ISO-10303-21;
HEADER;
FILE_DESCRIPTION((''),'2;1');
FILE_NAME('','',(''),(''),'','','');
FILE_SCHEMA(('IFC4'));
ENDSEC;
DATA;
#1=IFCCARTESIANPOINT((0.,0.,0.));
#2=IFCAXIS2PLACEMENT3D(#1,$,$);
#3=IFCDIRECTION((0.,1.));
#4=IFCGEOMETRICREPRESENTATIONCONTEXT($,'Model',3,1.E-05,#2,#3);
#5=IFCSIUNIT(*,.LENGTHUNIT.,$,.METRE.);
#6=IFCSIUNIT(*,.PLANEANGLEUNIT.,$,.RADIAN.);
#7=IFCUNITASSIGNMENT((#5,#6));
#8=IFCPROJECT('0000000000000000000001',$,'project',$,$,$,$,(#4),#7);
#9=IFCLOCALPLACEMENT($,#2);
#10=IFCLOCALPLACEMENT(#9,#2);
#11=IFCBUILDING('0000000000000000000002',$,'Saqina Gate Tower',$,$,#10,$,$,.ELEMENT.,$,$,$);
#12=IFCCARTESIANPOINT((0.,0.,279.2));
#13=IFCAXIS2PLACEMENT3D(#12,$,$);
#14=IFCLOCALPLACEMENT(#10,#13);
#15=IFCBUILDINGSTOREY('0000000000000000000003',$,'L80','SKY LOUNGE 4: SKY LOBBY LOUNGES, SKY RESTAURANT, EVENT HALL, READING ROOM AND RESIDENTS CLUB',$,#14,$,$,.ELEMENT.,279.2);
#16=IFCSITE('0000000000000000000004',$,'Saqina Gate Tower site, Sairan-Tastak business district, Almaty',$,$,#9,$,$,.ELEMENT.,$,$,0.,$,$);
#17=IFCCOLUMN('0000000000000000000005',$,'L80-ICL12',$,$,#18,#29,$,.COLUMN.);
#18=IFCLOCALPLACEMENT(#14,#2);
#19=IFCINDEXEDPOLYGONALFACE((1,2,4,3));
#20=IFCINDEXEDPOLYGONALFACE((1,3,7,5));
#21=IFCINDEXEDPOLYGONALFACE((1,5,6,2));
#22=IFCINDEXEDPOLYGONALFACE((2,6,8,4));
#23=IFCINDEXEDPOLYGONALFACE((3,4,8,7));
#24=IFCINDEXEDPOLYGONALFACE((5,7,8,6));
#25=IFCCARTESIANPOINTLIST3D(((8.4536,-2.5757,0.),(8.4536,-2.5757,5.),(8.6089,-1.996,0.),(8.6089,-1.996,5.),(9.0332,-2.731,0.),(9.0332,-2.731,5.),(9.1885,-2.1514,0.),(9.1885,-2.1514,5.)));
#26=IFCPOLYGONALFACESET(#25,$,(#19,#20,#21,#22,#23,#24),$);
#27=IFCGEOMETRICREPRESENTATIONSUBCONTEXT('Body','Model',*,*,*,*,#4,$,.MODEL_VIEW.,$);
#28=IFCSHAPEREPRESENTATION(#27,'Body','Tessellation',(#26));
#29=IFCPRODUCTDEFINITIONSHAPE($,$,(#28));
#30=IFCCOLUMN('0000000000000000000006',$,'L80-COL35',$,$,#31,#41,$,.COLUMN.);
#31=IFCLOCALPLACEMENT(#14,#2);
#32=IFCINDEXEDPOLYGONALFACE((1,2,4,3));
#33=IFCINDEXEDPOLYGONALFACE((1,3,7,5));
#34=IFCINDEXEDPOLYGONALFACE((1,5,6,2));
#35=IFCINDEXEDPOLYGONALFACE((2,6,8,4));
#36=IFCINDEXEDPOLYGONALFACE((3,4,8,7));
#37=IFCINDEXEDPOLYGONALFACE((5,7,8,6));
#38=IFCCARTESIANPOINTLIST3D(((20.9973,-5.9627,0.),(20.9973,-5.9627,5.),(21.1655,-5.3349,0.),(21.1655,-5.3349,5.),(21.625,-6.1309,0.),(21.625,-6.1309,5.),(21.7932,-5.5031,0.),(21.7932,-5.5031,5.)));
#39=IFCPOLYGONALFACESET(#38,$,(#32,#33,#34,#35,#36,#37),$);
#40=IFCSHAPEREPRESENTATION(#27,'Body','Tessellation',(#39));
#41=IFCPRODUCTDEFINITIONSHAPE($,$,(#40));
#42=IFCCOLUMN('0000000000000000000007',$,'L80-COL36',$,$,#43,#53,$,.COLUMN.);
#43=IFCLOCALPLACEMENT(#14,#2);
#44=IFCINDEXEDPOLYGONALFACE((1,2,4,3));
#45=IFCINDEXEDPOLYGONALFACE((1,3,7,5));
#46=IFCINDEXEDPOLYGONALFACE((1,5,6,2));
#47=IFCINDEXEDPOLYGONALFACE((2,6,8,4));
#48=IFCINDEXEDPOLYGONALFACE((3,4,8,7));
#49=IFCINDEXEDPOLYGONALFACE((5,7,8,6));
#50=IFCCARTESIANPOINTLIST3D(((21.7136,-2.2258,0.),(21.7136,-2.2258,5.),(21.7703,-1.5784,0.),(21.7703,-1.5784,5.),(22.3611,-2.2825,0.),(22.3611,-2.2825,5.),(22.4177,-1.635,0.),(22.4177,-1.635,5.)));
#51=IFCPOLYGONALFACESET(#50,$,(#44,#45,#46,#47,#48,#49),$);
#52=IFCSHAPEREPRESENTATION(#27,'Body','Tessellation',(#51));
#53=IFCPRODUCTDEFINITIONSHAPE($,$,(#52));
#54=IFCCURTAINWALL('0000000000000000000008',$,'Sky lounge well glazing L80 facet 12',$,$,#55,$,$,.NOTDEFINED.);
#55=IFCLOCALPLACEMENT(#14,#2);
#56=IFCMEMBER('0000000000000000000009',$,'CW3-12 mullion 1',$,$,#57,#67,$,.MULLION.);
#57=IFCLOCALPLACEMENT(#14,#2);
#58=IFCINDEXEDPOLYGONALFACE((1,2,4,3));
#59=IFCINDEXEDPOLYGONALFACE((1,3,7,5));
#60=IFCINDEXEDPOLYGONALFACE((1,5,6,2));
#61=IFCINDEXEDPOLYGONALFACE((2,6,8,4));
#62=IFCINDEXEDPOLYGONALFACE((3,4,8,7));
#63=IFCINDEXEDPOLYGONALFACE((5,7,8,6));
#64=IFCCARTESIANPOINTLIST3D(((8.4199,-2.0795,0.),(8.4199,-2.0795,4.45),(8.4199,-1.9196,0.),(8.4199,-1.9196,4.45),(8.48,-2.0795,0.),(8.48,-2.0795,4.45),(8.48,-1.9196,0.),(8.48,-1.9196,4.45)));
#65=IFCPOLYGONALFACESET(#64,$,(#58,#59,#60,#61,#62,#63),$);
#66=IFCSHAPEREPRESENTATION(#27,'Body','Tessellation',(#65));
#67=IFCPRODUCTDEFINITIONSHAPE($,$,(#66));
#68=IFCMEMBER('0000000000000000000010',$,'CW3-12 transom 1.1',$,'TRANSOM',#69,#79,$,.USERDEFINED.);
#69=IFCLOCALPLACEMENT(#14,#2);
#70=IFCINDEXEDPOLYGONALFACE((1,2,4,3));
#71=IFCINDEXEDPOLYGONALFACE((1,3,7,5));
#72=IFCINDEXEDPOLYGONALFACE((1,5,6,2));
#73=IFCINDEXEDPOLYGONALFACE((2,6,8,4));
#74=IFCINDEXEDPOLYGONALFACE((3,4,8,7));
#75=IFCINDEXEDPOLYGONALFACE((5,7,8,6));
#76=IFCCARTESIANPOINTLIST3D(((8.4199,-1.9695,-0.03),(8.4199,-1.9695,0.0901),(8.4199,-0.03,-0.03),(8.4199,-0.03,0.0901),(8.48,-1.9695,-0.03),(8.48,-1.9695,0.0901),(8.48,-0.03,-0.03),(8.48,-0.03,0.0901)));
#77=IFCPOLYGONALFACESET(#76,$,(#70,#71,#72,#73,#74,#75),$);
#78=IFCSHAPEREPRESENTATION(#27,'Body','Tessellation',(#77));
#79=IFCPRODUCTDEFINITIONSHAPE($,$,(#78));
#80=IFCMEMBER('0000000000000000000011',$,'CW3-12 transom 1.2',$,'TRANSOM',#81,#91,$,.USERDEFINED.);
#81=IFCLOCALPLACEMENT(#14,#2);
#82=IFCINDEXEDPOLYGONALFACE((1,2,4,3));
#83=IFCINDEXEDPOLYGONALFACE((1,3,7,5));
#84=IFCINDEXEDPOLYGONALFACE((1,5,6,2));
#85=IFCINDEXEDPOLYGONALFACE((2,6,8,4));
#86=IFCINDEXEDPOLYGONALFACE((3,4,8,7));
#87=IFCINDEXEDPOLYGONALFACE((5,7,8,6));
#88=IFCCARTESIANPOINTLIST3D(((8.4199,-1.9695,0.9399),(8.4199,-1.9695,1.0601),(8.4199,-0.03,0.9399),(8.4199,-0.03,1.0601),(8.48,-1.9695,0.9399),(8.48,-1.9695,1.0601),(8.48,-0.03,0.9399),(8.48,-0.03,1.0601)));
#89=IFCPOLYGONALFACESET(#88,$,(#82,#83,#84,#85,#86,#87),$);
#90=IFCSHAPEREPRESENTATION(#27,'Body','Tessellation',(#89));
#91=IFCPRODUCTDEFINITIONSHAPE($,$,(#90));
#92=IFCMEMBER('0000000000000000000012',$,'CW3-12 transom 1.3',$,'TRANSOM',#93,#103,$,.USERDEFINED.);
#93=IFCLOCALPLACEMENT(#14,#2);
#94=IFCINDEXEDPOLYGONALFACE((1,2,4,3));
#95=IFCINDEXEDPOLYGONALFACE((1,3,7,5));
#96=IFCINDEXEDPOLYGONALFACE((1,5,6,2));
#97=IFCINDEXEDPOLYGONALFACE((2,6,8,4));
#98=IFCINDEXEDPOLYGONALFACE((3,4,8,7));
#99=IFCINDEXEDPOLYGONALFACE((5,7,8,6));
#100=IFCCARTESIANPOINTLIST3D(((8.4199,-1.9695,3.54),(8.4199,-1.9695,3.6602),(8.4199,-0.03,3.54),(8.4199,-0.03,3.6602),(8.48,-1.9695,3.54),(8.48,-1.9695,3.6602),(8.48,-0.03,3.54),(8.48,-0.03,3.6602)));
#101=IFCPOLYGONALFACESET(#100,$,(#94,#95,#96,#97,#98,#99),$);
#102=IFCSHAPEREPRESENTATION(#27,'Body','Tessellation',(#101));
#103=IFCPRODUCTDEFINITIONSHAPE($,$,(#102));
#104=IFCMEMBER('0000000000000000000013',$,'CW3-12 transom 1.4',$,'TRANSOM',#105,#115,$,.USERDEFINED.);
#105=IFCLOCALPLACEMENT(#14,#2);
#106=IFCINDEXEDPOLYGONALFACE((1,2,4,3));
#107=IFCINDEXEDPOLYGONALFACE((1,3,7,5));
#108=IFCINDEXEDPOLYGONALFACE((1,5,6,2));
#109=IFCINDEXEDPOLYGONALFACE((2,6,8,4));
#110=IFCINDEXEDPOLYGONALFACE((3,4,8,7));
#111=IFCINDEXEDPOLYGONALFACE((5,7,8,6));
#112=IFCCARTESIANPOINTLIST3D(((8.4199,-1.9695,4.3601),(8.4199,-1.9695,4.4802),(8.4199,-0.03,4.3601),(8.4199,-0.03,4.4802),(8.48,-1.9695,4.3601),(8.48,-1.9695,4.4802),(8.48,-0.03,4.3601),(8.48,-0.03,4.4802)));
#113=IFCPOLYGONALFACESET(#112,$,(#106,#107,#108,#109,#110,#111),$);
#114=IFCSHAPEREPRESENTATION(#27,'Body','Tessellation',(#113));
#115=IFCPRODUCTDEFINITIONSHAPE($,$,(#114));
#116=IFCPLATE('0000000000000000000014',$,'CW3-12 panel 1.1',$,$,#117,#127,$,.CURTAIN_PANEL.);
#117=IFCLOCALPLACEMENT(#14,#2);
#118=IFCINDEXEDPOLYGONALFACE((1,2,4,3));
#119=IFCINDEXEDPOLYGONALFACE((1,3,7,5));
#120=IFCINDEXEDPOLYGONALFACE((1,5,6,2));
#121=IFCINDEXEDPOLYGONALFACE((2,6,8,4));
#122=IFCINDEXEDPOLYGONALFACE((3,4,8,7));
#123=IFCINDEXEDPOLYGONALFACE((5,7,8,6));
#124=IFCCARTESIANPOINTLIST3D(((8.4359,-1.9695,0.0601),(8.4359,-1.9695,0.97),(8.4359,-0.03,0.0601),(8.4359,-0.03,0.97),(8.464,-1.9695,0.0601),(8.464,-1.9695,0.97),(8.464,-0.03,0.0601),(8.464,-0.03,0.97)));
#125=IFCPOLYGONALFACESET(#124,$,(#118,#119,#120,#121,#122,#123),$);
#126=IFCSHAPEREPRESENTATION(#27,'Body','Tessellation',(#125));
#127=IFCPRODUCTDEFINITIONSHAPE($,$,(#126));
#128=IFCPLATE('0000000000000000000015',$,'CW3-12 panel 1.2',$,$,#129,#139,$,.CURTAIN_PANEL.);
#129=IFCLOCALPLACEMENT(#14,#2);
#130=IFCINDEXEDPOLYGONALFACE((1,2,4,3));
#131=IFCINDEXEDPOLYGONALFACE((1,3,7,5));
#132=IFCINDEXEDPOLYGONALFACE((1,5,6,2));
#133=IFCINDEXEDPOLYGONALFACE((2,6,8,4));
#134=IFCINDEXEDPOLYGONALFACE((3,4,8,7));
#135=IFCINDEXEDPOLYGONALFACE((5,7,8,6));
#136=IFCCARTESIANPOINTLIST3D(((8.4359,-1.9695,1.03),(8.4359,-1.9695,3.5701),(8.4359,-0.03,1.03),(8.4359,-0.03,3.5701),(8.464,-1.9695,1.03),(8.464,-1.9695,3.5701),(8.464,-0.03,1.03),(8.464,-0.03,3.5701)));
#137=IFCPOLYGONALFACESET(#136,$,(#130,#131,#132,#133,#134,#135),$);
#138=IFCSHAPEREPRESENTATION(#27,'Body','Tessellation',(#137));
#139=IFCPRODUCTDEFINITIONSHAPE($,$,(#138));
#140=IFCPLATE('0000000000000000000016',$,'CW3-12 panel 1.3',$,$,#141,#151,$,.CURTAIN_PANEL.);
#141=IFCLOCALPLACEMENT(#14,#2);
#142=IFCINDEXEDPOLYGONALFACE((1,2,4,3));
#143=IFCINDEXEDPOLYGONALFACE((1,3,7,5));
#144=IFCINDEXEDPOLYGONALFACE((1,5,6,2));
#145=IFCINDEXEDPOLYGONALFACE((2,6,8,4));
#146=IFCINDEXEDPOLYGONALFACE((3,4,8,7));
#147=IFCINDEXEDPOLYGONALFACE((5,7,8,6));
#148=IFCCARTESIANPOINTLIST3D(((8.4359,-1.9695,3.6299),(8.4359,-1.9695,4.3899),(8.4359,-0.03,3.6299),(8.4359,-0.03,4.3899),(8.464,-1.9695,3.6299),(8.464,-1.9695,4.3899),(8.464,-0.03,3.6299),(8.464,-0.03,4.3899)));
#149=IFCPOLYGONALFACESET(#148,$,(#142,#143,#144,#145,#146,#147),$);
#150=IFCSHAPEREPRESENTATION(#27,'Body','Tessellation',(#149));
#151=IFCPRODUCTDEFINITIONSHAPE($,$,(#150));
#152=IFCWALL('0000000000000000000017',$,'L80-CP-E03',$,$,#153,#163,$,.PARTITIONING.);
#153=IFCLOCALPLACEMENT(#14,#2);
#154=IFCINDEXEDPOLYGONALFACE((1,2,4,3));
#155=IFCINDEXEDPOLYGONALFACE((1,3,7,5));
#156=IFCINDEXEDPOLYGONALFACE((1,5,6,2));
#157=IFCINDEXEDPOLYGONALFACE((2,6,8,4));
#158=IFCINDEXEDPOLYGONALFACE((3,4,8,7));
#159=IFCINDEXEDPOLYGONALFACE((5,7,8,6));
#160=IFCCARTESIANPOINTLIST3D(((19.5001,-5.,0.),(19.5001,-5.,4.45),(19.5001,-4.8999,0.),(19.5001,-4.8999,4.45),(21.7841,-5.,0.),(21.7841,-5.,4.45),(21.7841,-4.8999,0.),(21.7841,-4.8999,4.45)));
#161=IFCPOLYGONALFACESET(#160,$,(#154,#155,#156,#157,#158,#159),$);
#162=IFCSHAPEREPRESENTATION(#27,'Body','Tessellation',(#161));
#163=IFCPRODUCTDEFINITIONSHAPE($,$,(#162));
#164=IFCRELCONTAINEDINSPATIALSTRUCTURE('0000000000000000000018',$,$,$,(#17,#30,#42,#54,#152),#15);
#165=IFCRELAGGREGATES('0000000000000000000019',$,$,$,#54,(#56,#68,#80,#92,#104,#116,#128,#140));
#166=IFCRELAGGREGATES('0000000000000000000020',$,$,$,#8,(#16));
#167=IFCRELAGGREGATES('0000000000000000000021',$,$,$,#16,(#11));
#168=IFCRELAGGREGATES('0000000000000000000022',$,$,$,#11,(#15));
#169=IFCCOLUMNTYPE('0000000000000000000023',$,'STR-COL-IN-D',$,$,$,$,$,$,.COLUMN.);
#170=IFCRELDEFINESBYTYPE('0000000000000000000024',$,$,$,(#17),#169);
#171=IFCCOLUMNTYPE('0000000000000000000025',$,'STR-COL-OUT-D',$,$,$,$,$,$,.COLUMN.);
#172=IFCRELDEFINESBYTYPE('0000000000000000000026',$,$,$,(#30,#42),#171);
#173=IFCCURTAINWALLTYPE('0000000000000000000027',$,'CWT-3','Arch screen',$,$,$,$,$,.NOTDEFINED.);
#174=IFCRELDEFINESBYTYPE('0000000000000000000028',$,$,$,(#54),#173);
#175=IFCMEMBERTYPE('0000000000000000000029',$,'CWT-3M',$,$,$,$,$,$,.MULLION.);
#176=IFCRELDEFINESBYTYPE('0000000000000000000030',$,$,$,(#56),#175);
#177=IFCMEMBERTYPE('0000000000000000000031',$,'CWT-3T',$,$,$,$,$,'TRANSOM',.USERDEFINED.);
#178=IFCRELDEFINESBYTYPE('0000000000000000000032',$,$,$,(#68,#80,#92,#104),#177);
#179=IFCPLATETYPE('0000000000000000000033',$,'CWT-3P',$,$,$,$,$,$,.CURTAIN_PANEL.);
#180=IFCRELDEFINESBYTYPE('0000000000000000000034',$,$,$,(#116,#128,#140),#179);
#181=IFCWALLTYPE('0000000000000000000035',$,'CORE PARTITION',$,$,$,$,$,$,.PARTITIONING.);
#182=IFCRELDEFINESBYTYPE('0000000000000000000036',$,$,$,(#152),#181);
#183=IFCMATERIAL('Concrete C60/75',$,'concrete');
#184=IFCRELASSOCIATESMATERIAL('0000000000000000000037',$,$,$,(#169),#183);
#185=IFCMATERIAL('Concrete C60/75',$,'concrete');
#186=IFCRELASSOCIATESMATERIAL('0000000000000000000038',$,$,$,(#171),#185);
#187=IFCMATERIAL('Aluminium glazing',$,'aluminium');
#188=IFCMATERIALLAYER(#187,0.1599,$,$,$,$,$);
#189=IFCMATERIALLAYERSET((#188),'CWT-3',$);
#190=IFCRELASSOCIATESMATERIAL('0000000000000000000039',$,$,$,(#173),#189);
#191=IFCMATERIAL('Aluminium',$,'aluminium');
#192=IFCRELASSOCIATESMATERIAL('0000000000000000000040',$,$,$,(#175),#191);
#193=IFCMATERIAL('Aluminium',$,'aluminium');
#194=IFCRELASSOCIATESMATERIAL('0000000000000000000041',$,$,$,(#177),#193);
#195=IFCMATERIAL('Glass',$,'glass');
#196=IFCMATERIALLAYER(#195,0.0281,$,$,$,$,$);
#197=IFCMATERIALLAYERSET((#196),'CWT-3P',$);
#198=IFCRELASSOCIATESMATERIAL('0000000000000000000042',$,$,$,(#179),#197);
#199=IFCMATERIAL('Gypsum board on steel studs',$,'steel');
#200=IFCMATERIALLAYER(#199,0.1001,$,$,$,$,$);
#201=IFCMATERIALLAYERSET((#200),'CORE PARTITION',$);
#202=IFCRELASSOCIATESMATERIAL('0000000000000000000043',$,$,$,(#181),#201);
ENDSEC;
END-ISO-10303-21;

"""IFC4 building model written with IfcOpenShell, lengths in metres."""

from ifc_helpers import new_model, si_unit, direction, frame, frame_2d, origin, origin_2d, place, context, subcontext, project, spatial, rectangle, extrude, material, layer, layer_set, material_profile, profile_set, type_object, element, aggregate, save


model = new_model("IFC4")

# Units and contexts
model_context = context("Model", 3, precision=1e-05, world=origin(), true_north=direction((0.0, 1.0)))
body_context = subcontext(model_context, "Body", "Model", "MODEL_VIEW")
ifc_project = project(units=[si_unit("LENGTHUNIT", "METRE"), si_unit("PLANEANGLEUNIT", "RADIAN")], contexts=[model_context])

# Site, building, storey
site_placement = place(None, origin())
site = spatial("IfcSite", under=ifc_project, at=site_placement, Name="Saqina Gate Tower site, Sairan-Tastak business district, Almaty", CompositionType="ELEMENT", RefElevation=0.0)
building_placement = place(site_placement, origin())
building = spatial("IfcBuilding", under=site, at=building_placement, Name="Saqina Gate Tower", CompositionType="ELEMENT")
storey_placement = place(building_placement, frame((0.0, 0.0, 279.2)))
storey = spatial("IfcBuildingStorey", under=building, at=storey_placement, Name="L80", Description="SKY LOUNGE 4: SKY LOBBY LOUNGES, SKY RESTAURANT, EVENT HALL, READING ROOM AND RESIDENTS CLUB", CompositionType="ELEMENT", Elevation=279.2)

# Columns
ifc_material_1 = material(Name="Concrete C60/75", Category="concrete")
ifc_material_profile_1 = material_profile(ifc_material_1, rectangle(XDim=0.6001, YDim=0.6001, at=origin_2d()), Name="RC 600x600")
ifc_profile_set_1 = profile_set([ifc_material_profile_1], Name="Concrete C60/75")
column_type_1 = type_object("IfcColumnType", Name="STR-COL-IN-D", PredefinedType="COLUMN", material=ifc_profile_set_1)
column_placement = place(storey_placement, frame((8.821, -2.3635, 0.0), z_axis=(0.0, 0.0, 1.0), x_axis=(0.965926, -0.258819, 0.0)))
element("IfcColumn", 1, at=column_placement, inside=storey, type_object=column_type_1, Name="L80-ICL12", PredefinedType="COLUMN", context=body_context, shape_type="SweptSolid", body=[
    extrude(rectangle(XDim=0.6001, YDim=0.6001, at=origin_2d()), origin(), (0.0, 0.0, 1.0), 5.0),
])
ifc_material_2 = material(Name="Concrete C60/75", Category="concrete")
ifc_material_profile_2 = material_profile(ifc_material_2, rectangle(XDim=0.6499, YDim=0.6499, at=origin_2d()), Name="RC 650x650")
ifc_profile_set_2 = profile_set([ifc_material_profile_2], Name="Concrete C60/75")
column_type_2 = type_object("IfcColumnType", Name="STR-COL-OUT-D", PredefinedType="COLUMN", material=ifc_profile_set_2)
for number, where, z_axis, x_axis, name in (
    (2, (21.3953, -5.7329, 0.0), (0.0, 0.0, 1.0), (0.965926, -0.258819, 0.0), "L80-COL35"),
    (3, (22.0657, -1.9304, 0.0), (0.0, 0.0, 1.0), (0.996195, -0.087156, 0.0), "L80-COL36"),
):
    element("IfcColumn", number, at=place(storey_placement, frame(where, z_axis=z_axis, x_axis=x_axis)), inside=storey, type_object=column_type_2, Name=name, PredefinedType="COLUMN", context=body_context, shape_type="SweptSolid", body=[
        extrude(rectangle(XDim=0.6499, YDim=0.6499, at=origin_2d()), origin(), (0.0, 0.0, 1.0), 5.0),
    ])

# Curtain wall, members, plates
ifc_material_3 = material(Name="Aluminium glazing", Category="aluminium")
ifc_layer_1 = layer(ifc_material_3, 0.1599)
ifc_layer_set_1 = layer_set([ifc_layer_1], Name="CWT-3")
curtain_wall_type = type_object("IfcCurtainWallType", Name="CWT-3", Description="Arch screen", PredefinedType="NOTDEFINED", material=ifc_layer_set_1)
curtain_wall_placement = place(storey_placement, origin())
curtain_wall = element("IfcCurtainWall", 4, at=curtain_wall_placement, inside=storey, type_object=curtain_wall_type, Name="Sky lounge well glazing L80 facet 12", PredefinedType="NOTDEFINED")
ifc_material_4 = material(Name="Aluminium", Category="aluminium")
ifc_material_profile_3 = material_profile(ifc_material_4, rectangle(XDim=0.0601, YDim=0.1599, at=origin_2d()), Name="Aluminium 60x160")
ifc_profile_set_3 = profile_set([ifc_material_profile_3], Name="Aluminium")
member_type_1 = type_object("IfcMemberType", Name="CWT-3M", PredefinedType="MULLION", material=ifc_profile_set_3)
member_1_placement = place(storey_placement, frame((8.45, -1.9995, 0.0), z_axis=(0.0, 0.0, 1.0), x_axis=(-1.0, 0.0, 0.0)))
member_1 = element("IfcMember", 5, at=member_1_placement, type_object=member_type_1, Name="CW3-12 mullion 1", PredefinedType="MULLION", context=body_context, shape_type="SweptSolid", body=[
    extrude(rectangle(XDim=0.0601, YDim=0.1599, at=origin_2d()), origin(), (0.0, 0.0, 1.0), 4.45),
])
ifc_material_5 = material(Name="Aluminium", Category="aluminium")
ifc_material_profile_4 = material_profile(ifc_material_5, rectangle(XDim=0.0601, YDim=0.1201, at=origin_2d()), Name="Aluminium 60x120")
ifc_profile_set_4 = profile_set([ifc_material_profile_4], Name="Aluminium")
member_type_2 = type_object("IfcMemberType", Name="CWT-3T", ElementType="TRANSOM", PredefinedType="USERDEFINED", material=ifc_profile_set_4)
member_2_placement = place(storey_placement, frame((8.45, -1.9695, 0.03), z_axis=(0.0, 1.0, 0.0), x_axis=(-1.0, 0.0, 0.0)))
member_2 = element("IfcMember", 6, at=member_2_placement, type_object=member_type_2, Name="CW3-12 transom 1.1", ObjectType="TRANSOM", PredefinedType="USERDEFINED", context=body_context, shape_type="SweptSolid", body=[
    extrude(rectangle(XDim=0.0601, YDim=0.1201, at=origin_2d()), origin(), (0.0, 0.0, 1.0), 1.9395),
])
member_3_placement = place(storey_placement, frame((8.45, -1.9695, 1.0), z_axis=(0.0, 1.0, 0.0), x_axis=(-1.0, 0.0, 0.0)))
member_3 = element("IfcMember", 7, at=member_3_placement, type_object=member_type_2, Name="CW3-12 transom 1.2", ObjectType="TRANSOM", PredefinedType="USERDEFINED", context=body_context, shape_type="SweptSolid", body=[
    extrude(rectangle(XDim=0.0601, YDim=0.1201, at=origin_2d()), origin(), (0.0, 0.0, 1.0), 1.9395),
])
member_4_placement = place(storey_placement, frame((8.45, -1.9695, 3.6001), z_axis=(0.0, 1.0, 0.0), x_axis=(-1.0, 0.0, 0.0)))
member_4 = element("IfcMember", 8, at=member_4_placement, type_object=member_type_2, Name="CW3-12 transom 1.3", ObjectType="TRANSOM", PredefinedType="USERDEFINED", context=body_context, shape_type="SweptSolid", body=[
    extrude(rectangle(XDim=0.0601, YDim=0.1201, at=origin_2d()), origin(), (0.0, 0.0, 1.0), 1.9395),
])
member_5_placement = place(storey_placement, frame((8.45, -1.9695, 4.4202), z_axis=(0.0, 1.0, 0.0), x_axis=(-1.0, 0.0, 0.0)))
member_5 = element("IfcMember", 9, at=member_5_placement, type_object=member_type_2, Name="CW3-12 transom 1.4", ObjectType="TRANSOM", PredefinedType="USERDEFINED", context=body_context, shape_type="SweptSolid", body=[
    extrude(rectangle(XDim=0.0601, YDim=0.1201, at=origin_2d()), origin(), (0.0, 0.0, 1.0), 1.9395),
])
ifc_material_6 = material(Name="Glass", Category="glass")
ifc_layer_2 = layer(ifc_material_6, 0.0281)
ifc_layer_set_2 = layer_set([ifc_layer_2], Name="CWT-3P")
plate_type = type_object("IfcPlateType", Name="CWT-3P", PredefinedType="CURTAIN_PANEL", material=ifc_layer_set_2)
plate_1_placement = place(storey_placement, frame((8.45, -0.9998, 0.0601), z_axis=(0.0, 0.0, 1.0), x_axis=(0.0, 1.0, 0.0)))
plate_1 = element("IfcPlate", 10, at=plate_1_placement, type_object=plate_type, Name="CW3-12 panel 1.1", PredefinedType="CURTAIN_PANEL", context=body_context, shape_type="SweptSolid", body=[
    extrude(rectangle(XDim=1.9395, YDim=0.0281, at=origin_2d()), origin(), (0.0, 0.0, 1.0), 0.9099),
])
plate_2_placement = place(storey_placement, frame((8.45, -0.9998, 1.03), z_axis=(0.0, 0.0, 1.0), x_axis=(0.0, 1.0, 0.0)))
plate_2 = element("IfcPlate", 11, at=plate_2_placement, type_object=plate_type, Name="CW3-12 panel 1.2", PredefinedType="CURTAIN_PANEL", context=body_context, shape_type="SweptSolid", body=[
    extrude(rectangle(XDim=1.9395, YDim=0.0281, at=origin_2d()), origin(), (0.0, 0.0, 1.0), 2.54),
])
plate_3_placement = place(storey_placement, frame((8.45, -0.9998, 3.6299), z_axis=(0.0, 0.0, 1.0), x_axis=(0.0, 1.0, 0.0)))
plate_3 = element("IfcPlate", 12, at=plate_3_placement, type_object=plate_type, Name="CW3-12 panel 1.3", PredefinedType="CURTAIN_PANEL", context=body_context, shape_type="SweptSolid", body=[
    extrude(rectangle(XDim=1.9395, YDim=0.0281, at=origin_2d()), origin(), (0.0, 0.0, 1.0), 0.76),
])
aggregate(curtain_wall, [member_1, member_2, member_3, member_4, member_5, plate_1, plate_2, plate_3])

# Wall
ifc_material_7 = material(Name="Gypsum board on steel studs", Category="steel")
ifc_layer_3 = layer(ifc_material_7, 0.1001)
ifc_layer_set_3 = layer_set([ifc_layer_3], Name="CORE PARTITION")
wall_type_1 = type_object("IfcWallType", Name="CORE PARTITION", PredefinedType="PARTITIONING", material=ifc_layer_set_3)
wall_1_placement = place(storey_placement, frame((19.5, -4.95, 0.0), z_axis=(0.0, 0.0, 1.0), x_axis=(1.0, 0.0, 0.0)))
element("IfcWall", 13, at=wall_1_placement, inside=storey, type_object=wall_type_1, Name="L80-CP-E03", PredefinedType="PARTITIONING", context=body_context, shape_type="SweptSolid", body=[
    extrude(rectangle(XDim=2.2839, YDim=0.1001, at=frame_2d((1.1421, 0.0))), origin(), (0.0, 0.0, 1.0), 4.45),
])

save(model, "model.ifc")
